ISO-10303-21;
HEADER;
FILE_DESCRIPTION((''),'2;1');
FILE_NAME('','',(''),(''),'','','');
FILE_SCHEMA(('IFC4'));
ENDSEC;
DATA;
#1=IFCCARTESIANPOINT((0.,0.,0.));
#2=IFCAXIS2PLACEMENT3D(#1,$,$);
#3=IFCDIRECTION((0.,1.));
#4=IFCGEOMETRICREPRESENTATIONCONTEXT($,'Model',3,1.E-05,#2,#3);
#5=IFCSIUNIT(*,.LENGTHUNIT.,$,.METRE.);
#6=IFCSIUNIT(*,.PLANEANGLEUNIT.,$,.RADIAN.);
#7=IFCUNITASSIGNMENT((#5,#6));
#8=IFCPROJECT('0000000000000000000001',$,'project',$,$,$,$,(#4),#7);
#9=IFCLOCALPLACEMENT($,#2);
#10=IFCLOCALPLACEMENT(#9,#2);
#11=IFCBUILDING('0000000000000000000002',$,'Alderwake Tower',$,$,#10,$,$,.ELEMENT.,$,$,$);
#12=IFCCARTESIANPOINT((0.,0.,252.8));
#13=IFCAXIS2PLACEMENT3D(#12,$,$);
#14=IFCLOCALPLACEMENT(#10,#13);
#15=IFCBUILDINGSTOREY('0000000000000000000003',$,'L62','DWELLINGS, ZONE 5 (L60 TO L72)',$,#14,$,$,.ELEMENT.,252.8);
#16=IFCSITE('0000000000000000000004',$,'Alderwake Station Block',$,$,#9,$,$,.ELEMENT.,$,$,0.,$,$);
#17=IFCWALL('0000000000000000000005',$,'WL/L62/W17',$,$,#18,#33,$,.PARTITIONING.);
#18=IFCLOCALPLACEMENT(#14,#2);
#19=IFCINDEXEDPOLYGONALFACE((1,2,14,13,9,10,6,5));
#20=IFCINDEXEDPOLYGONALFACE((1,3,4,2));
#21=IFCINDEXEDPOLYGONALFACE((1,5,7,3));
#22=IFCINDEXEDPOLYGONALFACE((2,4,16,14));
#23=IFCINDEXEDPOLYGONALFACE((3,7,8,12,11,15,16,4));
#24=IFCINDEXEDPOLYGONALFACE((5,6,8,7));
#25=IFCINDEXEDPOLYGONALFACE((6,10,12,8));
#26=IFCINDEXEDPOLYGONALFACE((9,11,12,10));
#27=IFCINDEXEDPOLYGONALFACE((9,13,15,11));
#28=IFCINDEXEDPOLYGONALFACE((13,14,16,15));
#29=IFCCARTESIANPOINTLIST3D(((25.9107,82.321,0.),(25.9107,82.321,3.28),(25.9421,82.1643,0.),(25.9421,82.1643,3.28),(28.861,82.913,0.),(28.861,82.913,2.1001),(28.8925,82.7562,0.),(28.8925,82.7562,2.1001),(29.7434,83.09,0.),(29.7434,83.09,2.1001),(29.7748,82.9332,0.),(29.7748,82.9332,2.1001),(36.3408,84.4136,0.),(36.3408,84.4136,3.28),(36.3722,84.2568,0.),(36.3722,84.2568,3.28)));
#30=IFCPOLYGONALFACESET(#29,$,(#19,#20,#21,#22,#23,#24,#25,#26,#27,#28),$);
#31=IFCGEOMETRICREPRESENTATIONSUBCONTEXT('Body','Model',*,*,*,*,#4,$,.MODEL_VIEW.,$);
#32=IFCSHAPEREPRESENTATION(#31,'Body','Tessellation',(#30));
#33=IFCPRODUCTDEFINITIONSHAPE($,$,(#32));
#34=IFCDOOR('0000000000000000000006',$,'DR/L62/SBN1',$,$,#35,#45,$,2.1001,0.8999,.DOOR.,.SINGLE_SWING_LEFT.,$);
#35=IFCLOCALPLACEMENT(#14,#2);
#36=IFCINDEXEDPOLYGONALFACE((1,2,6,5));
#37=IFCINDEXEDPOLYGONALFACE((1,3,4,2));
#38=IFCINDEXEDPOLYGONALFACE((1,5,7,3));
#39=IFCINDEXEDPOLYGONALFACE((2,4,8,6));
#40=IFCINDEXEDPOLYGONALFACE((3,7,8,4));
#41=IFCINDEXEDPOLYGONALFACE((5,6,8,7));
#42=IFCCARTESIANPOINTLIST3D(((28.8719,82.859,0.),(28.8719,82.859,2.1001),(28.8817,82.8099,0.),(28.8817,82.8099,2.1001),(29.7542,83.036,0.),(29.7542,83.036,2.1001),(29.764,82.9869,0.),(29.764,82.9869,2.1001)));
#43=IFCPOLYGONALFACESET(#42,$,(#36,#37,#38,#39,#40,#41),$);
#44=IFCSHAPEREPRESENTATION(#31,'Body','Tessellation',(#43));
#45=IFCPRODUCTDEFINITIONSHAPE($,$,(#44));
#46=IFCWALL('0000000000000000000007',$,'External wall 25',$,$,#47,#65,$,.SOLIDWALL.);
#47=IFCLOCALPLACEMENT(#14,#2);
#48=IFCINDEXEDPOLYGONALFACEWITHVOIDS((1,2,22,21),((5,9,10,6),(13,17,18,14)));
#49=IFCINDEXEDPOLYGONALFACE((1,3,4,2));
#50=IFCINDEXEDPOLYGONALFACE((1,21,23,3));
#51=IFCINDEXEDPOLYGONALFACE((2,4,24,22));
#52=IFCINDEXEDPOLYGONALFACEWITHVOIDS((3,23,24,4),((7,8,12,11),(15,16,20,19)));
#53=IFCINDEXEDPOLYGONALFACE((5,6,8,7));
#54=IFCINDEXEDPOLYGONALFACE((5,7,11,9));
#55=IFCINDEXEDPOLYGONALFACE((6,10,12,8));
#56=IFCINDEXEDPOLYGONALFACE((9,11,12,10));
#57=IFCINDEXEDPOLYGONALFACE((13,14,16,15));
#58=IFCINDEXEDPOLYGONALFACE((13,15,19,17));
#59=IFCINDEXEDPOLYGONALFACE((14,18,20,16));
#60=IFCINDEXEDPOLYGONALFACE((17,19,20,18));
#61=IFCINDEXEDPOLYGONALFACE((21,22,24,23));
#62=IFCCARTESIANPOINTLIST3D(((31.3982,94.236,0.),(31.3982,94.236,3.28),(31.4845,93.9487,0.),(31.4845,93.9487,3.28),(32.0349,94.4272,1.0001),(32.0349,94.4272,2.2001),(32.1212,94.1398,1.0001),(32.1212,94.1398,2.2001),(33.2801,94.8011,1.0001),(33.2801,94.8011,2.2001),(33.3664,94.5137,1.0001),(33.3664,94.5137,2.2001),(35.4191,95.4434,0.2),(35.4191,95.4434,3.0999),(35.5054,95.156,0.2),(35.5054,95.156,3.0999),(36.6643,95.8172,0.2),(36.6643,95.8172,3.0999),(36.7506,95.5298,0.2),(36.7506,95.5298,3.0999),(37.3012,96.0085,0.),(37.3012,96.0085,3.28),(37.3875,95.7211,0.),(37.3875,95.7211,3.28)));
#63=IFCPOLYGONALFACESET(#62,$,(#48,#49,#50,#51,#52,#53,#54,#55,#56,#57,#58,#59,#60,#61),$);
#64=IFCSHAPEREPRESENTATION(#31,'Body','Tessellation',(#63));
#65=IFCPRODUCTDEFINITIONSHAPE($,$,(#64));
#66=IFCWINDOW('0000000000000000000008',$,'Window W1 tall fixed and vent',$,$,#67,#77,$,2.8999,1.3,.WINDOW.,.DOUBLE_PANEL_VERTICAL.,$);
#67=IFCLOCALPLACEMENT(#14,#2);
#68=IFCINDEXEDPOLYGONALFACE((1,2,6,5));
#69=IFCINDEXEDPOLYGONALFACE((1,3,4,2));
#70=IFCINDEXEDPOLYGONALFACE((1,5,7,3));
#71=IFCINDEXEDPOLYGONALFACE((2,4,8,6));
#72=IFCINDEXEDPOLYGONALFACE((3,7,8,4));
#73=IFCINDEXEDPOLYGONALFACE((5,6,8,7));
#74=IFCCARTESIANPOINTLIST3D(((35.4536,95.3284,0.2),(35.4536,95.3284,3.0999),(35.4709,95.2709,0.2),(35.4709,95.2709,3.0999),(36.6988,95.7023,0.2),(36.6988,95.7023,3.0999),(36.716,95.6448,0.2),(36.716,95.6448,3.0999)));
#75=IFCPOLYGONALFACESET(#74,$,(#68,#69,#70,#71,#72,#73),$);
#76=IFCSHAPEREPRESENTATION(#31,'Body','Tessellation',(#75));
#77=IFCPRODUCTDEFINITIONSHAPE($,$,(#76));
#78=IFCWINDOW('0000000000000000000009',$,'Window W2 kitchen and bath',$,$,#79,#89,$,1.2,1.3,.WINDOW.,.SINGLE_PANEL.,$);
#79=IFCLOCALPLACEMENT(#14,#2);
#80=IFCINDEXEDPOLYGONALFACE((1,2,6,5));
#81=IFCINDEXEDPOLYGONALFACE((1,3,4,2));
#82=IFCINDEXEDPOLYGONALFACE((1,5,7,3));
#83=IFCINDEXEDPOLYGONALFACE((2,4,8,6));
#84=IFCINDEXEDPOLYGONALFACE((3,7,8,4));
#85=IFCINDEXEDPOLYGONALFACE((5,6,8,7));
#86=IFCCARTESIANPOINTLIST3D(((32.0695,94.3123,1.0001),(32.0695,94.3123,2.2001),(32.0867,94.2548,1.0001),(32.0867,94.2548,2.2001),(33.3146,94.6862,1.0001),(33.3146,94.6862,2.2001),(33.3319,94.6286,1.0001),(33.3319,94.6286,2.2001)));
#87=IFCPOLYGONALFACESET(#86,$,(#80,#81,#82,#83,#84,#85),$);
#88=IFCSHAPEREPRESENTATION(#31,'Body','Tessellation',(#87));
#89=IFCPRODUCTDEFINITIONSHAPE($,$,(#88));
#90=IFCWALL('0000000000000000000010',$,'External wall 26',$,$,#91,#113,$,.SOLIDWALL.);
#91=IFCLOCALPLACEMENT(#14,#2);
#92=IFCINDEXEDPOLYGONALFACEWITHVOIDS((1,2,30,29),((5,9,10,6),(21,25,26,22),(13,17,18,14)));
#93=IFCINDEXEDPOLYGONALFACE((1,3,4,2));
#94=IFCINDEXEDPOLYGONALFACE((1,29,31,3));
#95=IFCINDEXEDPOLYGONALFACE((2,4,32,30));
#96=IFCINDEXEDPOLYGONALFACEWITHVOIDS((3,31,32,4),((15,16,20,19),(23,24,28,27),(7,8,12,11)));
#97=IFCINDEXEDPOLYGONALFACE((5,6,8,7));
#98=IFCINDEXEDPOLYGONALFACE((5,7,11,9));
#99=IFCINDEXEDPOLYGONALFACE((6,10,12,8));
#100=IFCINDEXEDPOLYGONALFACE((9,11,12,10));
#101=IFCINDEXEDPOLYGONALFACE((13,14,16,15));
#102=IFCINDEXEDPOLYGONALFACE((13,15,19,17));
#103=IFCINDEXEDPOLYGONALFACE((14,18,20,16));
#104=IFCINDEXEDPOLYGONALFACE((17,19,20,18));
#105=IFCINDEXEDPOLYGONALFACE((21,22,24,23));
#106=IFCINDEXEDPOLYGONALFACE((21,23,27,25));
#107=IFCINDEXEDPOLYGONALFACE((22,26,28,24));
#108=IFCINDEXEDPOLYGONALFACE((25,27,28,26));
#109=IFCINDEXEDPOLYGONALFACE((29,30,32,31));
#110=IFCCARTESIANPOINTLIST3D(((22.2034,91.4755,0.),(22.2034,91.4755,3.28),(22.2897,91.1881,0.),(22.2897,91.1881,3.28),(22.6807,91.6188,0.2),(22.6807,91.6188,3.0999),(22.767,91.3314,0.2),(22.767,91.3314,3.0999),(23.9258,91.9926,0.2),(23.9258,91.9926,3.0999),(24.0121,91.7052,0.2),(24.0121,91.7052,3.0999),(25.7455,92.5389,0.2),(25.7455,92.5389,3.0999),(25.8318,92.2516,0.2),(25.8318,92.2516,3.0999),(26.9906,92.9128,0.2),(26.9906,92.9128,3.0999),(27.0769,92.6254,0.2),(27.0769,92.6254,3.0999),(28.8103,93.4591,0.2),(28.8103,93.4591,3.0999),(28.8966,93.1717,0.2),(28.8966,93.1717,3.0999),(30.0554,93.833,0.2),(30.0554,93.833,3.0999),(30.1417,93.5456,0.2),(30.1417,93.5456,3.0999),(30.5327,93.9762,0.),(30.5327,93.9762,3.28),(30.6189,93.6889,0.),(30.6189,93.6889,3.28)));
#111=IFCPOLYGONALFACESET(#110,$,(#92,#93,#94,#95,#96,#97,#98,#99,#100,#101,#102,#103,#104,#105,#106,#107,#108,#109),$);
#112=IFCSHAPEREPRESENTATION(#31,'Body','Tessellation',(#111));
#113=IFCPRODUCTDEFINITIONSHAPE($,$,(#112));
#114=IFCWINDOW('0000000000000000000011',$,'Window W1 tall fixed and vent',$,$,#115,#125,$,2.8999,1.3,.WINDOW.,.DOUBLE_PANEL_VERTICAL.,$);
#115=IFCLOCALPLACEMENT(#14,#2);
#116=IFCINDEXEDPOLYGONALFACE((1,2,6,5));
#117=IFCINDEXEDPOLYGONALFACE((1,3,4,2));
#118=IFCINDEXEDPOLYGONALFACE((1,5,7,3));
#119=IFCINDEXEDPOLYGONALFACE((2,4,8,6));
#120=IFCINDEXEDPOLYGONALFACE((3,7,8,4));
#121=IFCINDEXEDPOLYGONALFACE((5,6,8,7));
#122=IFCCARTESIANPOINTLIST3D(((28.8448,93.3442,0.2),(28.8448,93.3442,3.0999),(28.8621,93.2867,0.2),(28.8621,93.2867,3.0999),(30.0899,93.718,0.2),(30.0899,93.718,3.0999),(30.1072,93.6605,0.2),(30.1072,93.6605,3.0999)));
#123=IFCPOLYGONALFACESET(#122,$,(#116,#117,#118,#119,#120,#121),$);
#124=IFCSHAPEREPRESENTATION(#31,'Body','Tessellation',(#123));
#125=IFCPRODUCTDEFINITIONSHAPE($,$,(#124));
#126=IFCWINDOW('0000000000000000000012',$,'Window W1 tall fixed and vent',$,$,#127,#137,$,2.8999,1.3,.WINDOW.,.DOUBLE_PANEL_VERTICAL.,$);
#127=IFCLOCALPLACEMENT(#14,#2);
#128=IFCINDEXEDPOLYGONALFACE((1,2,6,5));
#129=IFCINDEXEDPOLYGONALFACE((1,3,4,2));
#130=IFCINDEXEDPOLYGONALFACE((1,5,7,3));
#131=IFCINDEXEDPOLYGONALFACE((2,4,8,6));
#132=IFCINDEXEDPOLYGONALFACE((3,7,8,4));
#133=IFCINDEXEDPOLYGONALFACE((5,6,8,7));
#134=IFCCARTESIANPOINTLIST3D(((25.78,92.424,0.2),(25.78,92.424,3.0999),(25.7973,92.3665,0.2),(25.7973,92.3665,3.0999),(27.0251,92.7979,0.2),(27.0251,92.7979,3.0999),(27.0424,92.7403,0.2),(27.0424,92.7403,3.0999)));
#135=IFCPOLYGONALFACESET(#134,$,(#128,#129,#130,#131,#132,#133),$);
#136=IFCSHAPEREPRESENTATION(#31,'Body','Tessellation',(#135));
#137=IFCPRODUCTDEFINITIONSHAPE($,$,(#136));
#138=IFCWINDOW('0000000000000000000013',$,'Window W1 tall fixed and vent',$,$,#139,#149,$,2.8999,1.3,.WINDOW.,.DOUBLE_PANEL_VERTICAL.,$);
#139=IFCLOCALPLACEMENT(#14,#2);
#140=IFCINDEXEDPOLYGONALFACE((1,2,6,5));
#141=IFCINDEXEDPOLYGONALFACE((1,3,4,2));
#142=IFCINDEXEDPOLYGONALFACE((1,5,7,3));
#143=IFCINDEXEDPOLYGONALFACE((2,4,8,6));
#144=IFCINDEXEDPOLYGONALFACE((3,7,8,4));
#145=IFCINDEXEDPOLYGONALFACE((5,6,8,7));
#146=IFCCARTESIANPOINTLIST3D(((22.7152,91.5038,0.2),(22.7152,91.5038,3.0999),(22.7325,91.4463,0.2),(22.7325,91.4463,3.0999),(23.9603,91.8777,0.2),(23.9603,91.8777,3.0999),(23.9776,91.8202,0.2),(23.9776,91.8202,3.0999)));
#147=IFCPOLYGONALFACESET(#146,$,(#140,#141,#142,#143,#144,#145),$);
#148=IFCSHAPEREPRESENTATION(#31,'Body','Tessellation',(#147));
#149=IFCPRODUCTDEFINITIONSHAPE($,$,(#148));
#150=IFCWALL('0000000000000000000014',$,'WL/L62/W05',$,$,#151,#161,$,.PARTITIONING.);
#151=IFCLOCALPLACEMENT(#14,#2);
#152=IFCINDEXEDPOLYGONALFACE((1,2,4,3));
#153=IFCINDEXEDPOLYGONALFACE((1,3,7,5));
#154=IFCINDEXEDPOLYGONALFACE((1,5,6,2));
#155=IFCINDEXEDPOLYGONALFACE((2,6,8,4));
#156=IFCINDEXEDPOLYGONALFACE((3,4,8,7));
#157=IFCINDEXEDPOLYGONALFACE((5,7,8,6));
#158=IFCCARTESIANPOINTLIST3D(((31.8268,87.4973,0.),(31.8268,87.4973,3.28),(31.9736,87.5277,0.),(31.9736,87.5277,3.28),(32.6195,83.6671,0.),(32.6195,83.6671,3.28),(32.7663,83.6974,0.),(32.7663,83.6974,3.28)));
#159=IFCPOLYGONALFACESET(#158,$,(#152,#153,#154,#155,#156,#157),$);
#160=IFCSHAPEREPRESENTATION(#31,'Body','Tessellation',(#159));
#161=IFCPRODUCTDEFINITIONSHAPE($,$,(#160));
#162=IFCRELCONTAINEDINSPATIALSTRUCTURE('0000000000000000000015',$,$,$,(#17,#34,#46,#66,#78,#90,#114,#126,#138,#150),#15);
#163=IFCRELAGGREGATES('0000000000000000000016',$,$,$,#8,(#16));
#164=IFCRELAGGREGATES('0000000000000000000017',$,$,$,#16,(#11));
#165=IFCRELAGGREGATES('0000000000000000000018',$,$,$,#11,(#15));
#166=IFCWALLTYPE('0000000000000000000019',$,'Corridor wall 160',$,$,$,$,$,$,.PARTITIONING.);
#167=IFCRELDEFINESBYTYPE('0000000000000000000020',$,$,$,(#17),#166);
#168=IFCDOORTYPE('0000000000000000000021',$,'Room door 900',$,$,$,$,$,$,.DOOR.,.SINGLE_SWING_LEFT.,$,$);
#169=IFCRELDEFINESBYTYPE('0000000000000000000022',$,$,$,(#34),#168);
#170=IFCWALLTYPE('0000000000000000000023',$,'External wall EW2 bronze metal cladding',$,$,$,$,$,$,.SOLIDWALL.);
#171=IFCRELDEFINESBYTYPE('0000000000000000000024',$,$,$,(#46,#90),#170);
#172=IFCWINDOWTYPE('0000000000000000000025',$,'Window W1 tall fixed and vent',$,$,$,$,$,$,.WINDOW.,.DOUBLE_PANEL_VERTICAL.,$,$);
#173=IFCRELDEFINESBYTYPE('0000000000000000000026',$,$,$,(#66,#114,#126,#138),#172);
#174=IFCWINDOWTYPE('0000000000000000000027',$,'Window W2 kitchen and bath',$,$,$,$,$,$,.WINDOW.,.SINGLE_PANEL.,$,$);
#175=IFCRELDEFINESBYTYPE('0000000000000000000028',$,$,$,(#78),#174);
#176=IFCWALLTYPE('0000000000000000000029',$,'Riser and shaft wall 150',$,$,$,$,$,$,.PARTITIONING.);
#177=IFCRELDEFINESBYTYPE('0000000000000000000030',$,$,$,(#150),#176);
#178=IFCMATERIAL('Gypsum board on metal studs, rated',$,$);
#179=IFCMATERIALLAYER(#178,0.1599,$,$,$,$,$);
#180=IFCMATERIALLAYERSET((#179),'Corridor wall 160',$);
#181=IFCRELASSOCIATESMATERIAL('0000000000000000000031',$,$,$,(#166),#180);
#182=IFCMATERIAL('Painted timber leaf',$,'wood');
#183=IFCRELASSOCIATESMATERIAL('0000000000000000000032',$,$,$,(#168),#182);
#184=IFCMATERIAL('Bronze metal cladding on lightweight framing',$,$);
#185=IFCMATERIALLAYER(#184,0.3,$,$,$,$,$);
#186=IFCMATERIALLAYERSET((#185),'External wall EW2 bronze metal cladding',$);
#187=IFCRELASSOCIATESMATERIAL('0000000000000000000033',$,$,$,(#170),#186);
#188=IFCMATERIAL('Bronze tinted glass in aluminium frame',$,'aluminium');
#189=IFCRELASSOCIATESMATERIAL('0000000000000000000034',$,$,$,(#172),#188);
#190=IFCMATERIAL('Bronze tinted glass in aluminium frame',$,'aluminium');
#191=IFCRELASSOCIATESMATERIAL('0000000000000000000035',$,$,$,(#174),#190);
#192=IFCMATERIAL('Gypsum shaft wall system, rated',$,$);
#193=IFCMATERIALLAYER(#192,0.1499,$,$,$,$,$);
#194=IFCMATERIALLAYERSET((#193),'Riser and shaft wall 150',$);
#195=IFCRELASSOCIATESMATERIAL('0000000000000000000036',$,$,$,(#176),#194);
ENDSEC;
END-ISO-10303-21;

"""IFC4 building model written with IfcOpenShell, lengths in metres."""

from ifc_helpers import new_model, si_unit, direction, frame, frame_2d, origin, place, context, subcontext, project, spatial, rectangle, extrude, material, layer, layer_set, type_object, element, fill, save


model = new_model("IFC4")

# Units and contexts
model_context = context("Model", 3, precision=1e-05, world=origin(), true_north=direction((0.0, 1.0)))
body_context = subcontext(model_context, "Body", "Model", "MODEL_VIEW")
ifc_project = project(units=[si_unit("LENGTHUNIT", "METRE"), si_unit("PLANEANGLEUNIT", "RADIAN")], contexts=[model_context])

# Site, building, storey
site_placement = place(None, origin())
site = spatial("IfcSite", under=ifc_project, at=site_placement, Name="Alderwake Station Block", CompositionType="ELEMENT", RefElevation=0.0)
building_placement = place(site_placement, origin())
building = spatial("IfcBuilding", under=site, at=building_placement, Name="Alderwake Tower", CompositionType="ELEMENT")
storey_placement = place(building_placement, frame((0.0, 0.0, 252.8)))
storey = spatial("IfcBuildingStorey", under=building, at=storey_placement, Name="L62", Description="DWELLINGS, ZONE 5 (L60 TO L72)", CompositionType="ELEMENT", Elevation=252.8)

# Shared definitions
ifc_material_1 = material(Name="Gypsum board on metal studs, rated")
ifc_layer_1 = layer(ifc_material_1, 0.1599)
ifc_layer_set_1 = layer_set([ifc_layer_1], Name="Corridor wall 160")
wall_type_1 = type_object("IfcWallType", Name="Corridor wall 160", PredefinedType="PARTITIONING", material=ifc_layer_set_1)

# Wall, opening, door
wall_1_placement = place(storey_placement, frame((25.9265, 82.2427, 0.0), z_axis=(0.0, 0.0, 1.0), x_axis=(0.980463, 0.196703, 0.0)))
wall_1 = element("IfcWall", 1, at=wall_1_placement, inside=storey, type_object=wall_type_1, Name="WL/L62/W17", PredefinedType="PARTITIONING", context=body_context, shape_type="SweptSolid", body=[
    extrude(rectangle(XDim=10.6379, YDim=0.1599, at=frame_2d((5.3188, 0.0))), origin(), (0.0, 0.0, 1.0), 3.28),
])
opening_1_placement = place(wall_1_placement, frame((3.009, 0.0, 0.0)))
opening_1 = element("IfcOpeningElement", 2, at=opening_1_placement, cuts=wall_1, PredefinedType="OPENING", context=body_context, shape_type="SweptSolid", body=[
    extrude(rectangle(XDim=0.8999, YDim=2.1001, at=frame_2d((0.45, 1.05))), frame((0.0, 0.0898, 0.0), z_axis=(0.0, -1.0, 0.0), x_axis=(1.0, 0.0, 0.0)), (0.0, 0.0, 1.0), 0.1799),
])
ifc_material_2 = material(Name="Painted timber leaf", Category="wood")
door_type_1 = type_object("IfcDoorType", Name="Room door 900", OperationType="SINGLE_SWING_LEFT", PredefinedType="DOOR", material=ifc_material_2)
door_1_placement = place(opening_1_placement, origin())
door_1 = element("IfcDoor", 3, at=door_1_placement, inside=storey, type_object=door_type_1, Name="DR/L62/SBN1", OperationType="SINGLE_SWING_LEFT", OverallHeight=2.1001, OverallWidth=0.8999, PredefinedType="DOOR", context=body_context, shape_type="SweptSolid", body=[
    extrude(rectangle(XDim=0.8999, YDim=2.1001, at=frame_2d((0.45, 1.05))), frame((0.0, 0.0249, 0.0), z_axis=(0.0, -1.0, 0.0), x_axis=(1.0, 0.0, 0.0)), (0.0, 0.0, 1.0), 0.05),
])
fill(opening_1, door_1)

# Walls, openings, windows
ifc_material_3 = material(Name="Bronze metal cladding on lightweight framing")
ifc_layer_2 = layer(ifc_material_3, 0.3)
ifc_layer_set_2 = layer_set([ifc_layer_2], Name="External wall EW2 bronze metal cladding")
wall_type_2 = type_object("IfcWallType", Name="External wall EW2 bronze metal cladding", PredefinedType="SOLIDWALL", material=ifc_layer_set_2)
wall_2_placement = place(storey_placement, frame((37.3442, 95.8647, 0.0), z_axis=(0.0, 0.0, 1.0), x_axis=(-0.957758, -0.287577, 0.0)))
wall_2 = element("IfcWall", 4, at=wall_2_placement, inside=storey, type_object=wall_type_2, Name="External wall 25", PredefinedType="SOLIDWALL", context=body_context, shape_type="SweptSolid", body=[
    extrude(rectangle(XDim=6.1633, YDim=0.3, at=frame_2d((3.0815, 0.0))), origin(), (0.0, 0.0, 1.0), 3.28),
])
opening_2_placement = place(wall_2_placement, frame((0.665, 0.0, 0.2)))
opening_2 = element("IfcOpeningElement", 5, at=opening_2_placement, cuts=wall_2, PredefinedType="OPENING", context=body_context, shape_type="SweptSolid", body=[
    extrude(rectangle(XDim=1.3, YDim=2.8999, at=frame_2d((0.6499, 1.45))), frame((0.0, 0.1599, 0.0), z_axis=(0.0, -1.0, 0.0), x_axis=(1.0, 0.0, 0.0)), (0.0, 0.0, 1.0), 0.3201),
])
opening_3_placement = place(wall_2_placement, frame((4.1985, 0.0, 1.0)))
opening_3 = element("IfcOpeningElement", 6, at=opening_3_placement, cuts=wall_2, PredefinedType="OPENING", context=body_context, shape_type="SweptSolid", body=[
    extrude(rectangle(XDim=1.3, YDim=1.2, at=frame_2d((0.6499, 0.6001))), frame((0.0, 0.1599, 0.0), z_axis=(0.0, -1.0, 0.0), x_axis=(1.0, 0.0, 0.0)), (0.0, 0.0, 1.0), 0.3201),
])
ifc_material_4 = material(Name="Bronze tinted glass in aluminium frame", Category="aluminium")
window_type_1 = type_object("IfcWindowType", Name="Window W1 tall fixed and vent", PartitioningType="DOUBLE_PANEL_VERTICAL", PredefinedType="WINDOW", material=ifc_material_4)
window_1_placement = place(opening_2_placement, origin())
window_1 = element("IfcWindow", 7, at=window_1_placement, inside=storey, type_object=window_type_1, Name="Window W1 tall fixed and vent", OverallHeight=2.8999, OverallWidth=1.3, PartitioningType="DOUBLE_PANEL_VERTICAL", PredefinedType="WINDOW", context=body_context, shape_type="SweptSolid", body=[
    extrude(rectangle(XDim=1.3, YDim=2.8999, at=frame_2d((0.6499, 1.45))), frame((0.0, 0.03, 0.0), z_axis=(0.0, -1.0, 0.0), x_axis=(1.0, 0.0, 0.0)), (0.0, 0.0, 1.0), 0.0601),
])
fill(opening_2, window_1)
ifc_material_5 = material(Name="Bronze tinted glass in aluminium frame", Category="aluminium")
window_type_2 = type_object("IfcWindowType", Name="Window W2 kitchen and bath", PartitioningType="SINGLE_PANEL", PredefinedType="WINDOW", material=ifc_material_5)
window_2_placement = place(opening_3_placement, origin())
window_2 = element("IfcWindow", 8, at=window_2_placement, inside=storey, type_object=window_type_2, Name="Window W2 kitchen and bath", OverallHeight=1.2, OverallWidth=1.3, PartitioningType="SINGLE_PANEL", PredefinedType="WINDOW", context=body_context, shape_type="SweptSolid", body=[
    extrude(rectangle(XDim=1.3, YDim=1.2, at=frame_2d((0.6499, 0.6001))), frame((0.0, 0.03, 0.0), z_axis=(0.0, -1.0, 0.0), x_axis=(1.0, 0.0, 0.0)), (0.0, 0.0, 1.0), 0.0601),
])
fill(opening_3, window_2)
wall_3_placement = place(storey_placement, frame((30.5757, 93.8325, 0.0), z_axis=(0.0, 0.0, 1.0), x_axis=(-0.957763, -0.287559, 0.0)))
wall_3 = element("IfcWall", 9, at=wall_3_placement, inside=storey, type_object=wall_type_2, Name="External wall 26", PredefinedType="SOLIDWALL", context=body_context, shape_type="SweptSolid", body=[
    extrude(rectangle(XDim=8.6965, YDim=0.3, at=frame_2d((4.3481, 0.0))), origin(), (0.0, 0.0, 1.0), 3.28),
])
opening_4_placement = place(wall_3_placement, frame((0.4983, 0.0, 0.2)))
opening_4 = element("IfcOpeningElement", 10, at=opening_4_placement, cuts=wall_3, PredefinedType="OPENING", context=body_context, shape_type="SweptSolid", body=[
    extrude(rectangle(XDim=1.3, YDim=2.8999, at=frame_2d((0.6499, 1.45))), frame((0.0, 0.1599, 0.0), z_axis=(0.0, -1.0, 0.0), x_axis=(1.0, 0.0, 0.0)), (0.0, 0.0, 1.0), 0.3201),
])
opening_5_placement = place(wall_3_placement, frame((3.6982, 0.0, 0.2)))
opening_5 = element("IfcOpeningElement", 11, at=opening_5_placement, cuts=wall_3, PredefinedType="OPENING", context=body_context, shape_type="SweptSolid", body=[
    extrude(rectangle(XDim=1.3, YDim=2.8999, at=frame_2d((0.6499, 1.45))), frame((0.0, 0.1599, 0.0), z_axis=(0.0, -1.0, 0.0), x_axis=(1.0, 0.0, 0.0)), (0.0, 0.0, 1.0), 0.3201),
])
opening_6_placement = place(wall_3_placement, frame((6.8982, 0.0, 0.2)))
opening_6 = element("IfcOpeningElement", 12, at=opening_6_placement, cuts=wall_3, PredefinedType="OPENING", context=body_context, shape_type="SweptSolid", body=[
    extrude(rectangle(XDim=1.3, YDim=2.8999, at=frame_2d((0.6499, 1.45))), frame((0.0, 0.1599, 0.0), z_axis=(0.0, -1.0, 0.0), x_axis=(1.0, 0.0, 0.0)), (0.0, 0.0, 1.0), 0.3201),
])
window_3_placement = place(opening_4_placement, origin())
window_3 = element("IfcWindow", 13, at=window_3_placement, inside=storey, type_object=window_type_1, Name="Window W1 tall fixed and vent", OverallHeight=2.8999, OverallWidth=1.3, PartitioningType="DOUBLE_PANEL_VERTICAL", PredefinedType="WINDOW", context=body_context, shape_type="SweptSolid", body=[
    extrude(rectangle(XDim=1.3, YDim=2.8999, at=frame_2d((0.6499, 1.45))), frame((0.0, 0.03, 0.0), z_axis=(0.0, -1.0, 0.0), x_axis=(1.0, 0.0, 0.0)), (0.0, 0.0, 1.0), 0.0601),
])
fill(opening_4, window_3)
window_4_placement = place(opening_5_placement, origin())
window_4 = element("IfcWindow", 14, at=window_4_placement, inside=storey, type_object=window_type_1, Name="Window W1 tall fixed and vent", OverallHeight=2.8999, OverallWidth=1.3, PartitioningType="DOUBLE_PANEL_VERTICAL", PredefinedType="WINDOW", context=body_context, shape_type="SweptSolid", body=[
    extrude(rectangle(XDim=1.3, YDim=2.8999, at=frame_2d((0.6499, 1.45))), frame((0.0, 0.03, 0.0), z_axis=(0.0, -1.0, 0.0), x_axis=(1.0, 0.0, 0.0)), (0.0, 0.0, 1.0), 0.0601),
])
fill(opening_5, window_4)
window_5_placement = place(opening_6_placement, origin())
window_5 = element("IfcWindow", 15, at=window_5_placement, inside=storey, type_object=window_type_1, Name="Window W1 tall fixed and vent", OverallHeight=2.8999, OverallWidth=1.3, PartitioningType="DOUBLE_PANEL_VERTICAL", PredefinedType="WINDOW", context=body_context, shape_type="SweptSolid", body=[
    extrude(rectangle(XDim=1.3, YDim=2.8999, at=frame_2d((0.6499, 1.45))), frame((0.0, 0.03, 0.0), z_axis=(0.0, -1.0, 0.0), x_axis=(1.0, 0.0, 0.0)), (0.0, 0.0, 1.0), 0.0601),
])
fill(opening_6, window_5)

# Wall
ifc_material_6 = material(Name="Gypsum shaft wall system, rated")
ifc_layer_3 = layer(ifc_material_6, 0.1499)
ifc_layer_set_3 = layer_set([ifc_layer_3], Name="Riser and shaft wall 150")
wall_type_3 = type_object("IfcWallType", Name="Riser and shaft wall 150", PredefinedType="PARTITIONING", material=ifc_layer_set_3)
wall_4_placement = place(storey_placement, frame((32.6929, 83.6824, 0.0), z_axis=(0.0, 0.0, 1.0), x_axis=(-0.202665, 0.979248, 0.0)))
element("IfcWall", 16, at=wall_4_placement, inside=storey, type_object=wall_type_3, Name="WL/L62/W05", PredefinedType="PARTITIONING", context=body_context, shape_type="SweptSolid", body=[
    extrude(rectangle(XDim=3.9114, YDim=0.1499, at=frame_2d((1.9556, 0.0))), origin(), (0.0, 0.0, 1.0), 3.28),
])

save(model, "model.ifc")
